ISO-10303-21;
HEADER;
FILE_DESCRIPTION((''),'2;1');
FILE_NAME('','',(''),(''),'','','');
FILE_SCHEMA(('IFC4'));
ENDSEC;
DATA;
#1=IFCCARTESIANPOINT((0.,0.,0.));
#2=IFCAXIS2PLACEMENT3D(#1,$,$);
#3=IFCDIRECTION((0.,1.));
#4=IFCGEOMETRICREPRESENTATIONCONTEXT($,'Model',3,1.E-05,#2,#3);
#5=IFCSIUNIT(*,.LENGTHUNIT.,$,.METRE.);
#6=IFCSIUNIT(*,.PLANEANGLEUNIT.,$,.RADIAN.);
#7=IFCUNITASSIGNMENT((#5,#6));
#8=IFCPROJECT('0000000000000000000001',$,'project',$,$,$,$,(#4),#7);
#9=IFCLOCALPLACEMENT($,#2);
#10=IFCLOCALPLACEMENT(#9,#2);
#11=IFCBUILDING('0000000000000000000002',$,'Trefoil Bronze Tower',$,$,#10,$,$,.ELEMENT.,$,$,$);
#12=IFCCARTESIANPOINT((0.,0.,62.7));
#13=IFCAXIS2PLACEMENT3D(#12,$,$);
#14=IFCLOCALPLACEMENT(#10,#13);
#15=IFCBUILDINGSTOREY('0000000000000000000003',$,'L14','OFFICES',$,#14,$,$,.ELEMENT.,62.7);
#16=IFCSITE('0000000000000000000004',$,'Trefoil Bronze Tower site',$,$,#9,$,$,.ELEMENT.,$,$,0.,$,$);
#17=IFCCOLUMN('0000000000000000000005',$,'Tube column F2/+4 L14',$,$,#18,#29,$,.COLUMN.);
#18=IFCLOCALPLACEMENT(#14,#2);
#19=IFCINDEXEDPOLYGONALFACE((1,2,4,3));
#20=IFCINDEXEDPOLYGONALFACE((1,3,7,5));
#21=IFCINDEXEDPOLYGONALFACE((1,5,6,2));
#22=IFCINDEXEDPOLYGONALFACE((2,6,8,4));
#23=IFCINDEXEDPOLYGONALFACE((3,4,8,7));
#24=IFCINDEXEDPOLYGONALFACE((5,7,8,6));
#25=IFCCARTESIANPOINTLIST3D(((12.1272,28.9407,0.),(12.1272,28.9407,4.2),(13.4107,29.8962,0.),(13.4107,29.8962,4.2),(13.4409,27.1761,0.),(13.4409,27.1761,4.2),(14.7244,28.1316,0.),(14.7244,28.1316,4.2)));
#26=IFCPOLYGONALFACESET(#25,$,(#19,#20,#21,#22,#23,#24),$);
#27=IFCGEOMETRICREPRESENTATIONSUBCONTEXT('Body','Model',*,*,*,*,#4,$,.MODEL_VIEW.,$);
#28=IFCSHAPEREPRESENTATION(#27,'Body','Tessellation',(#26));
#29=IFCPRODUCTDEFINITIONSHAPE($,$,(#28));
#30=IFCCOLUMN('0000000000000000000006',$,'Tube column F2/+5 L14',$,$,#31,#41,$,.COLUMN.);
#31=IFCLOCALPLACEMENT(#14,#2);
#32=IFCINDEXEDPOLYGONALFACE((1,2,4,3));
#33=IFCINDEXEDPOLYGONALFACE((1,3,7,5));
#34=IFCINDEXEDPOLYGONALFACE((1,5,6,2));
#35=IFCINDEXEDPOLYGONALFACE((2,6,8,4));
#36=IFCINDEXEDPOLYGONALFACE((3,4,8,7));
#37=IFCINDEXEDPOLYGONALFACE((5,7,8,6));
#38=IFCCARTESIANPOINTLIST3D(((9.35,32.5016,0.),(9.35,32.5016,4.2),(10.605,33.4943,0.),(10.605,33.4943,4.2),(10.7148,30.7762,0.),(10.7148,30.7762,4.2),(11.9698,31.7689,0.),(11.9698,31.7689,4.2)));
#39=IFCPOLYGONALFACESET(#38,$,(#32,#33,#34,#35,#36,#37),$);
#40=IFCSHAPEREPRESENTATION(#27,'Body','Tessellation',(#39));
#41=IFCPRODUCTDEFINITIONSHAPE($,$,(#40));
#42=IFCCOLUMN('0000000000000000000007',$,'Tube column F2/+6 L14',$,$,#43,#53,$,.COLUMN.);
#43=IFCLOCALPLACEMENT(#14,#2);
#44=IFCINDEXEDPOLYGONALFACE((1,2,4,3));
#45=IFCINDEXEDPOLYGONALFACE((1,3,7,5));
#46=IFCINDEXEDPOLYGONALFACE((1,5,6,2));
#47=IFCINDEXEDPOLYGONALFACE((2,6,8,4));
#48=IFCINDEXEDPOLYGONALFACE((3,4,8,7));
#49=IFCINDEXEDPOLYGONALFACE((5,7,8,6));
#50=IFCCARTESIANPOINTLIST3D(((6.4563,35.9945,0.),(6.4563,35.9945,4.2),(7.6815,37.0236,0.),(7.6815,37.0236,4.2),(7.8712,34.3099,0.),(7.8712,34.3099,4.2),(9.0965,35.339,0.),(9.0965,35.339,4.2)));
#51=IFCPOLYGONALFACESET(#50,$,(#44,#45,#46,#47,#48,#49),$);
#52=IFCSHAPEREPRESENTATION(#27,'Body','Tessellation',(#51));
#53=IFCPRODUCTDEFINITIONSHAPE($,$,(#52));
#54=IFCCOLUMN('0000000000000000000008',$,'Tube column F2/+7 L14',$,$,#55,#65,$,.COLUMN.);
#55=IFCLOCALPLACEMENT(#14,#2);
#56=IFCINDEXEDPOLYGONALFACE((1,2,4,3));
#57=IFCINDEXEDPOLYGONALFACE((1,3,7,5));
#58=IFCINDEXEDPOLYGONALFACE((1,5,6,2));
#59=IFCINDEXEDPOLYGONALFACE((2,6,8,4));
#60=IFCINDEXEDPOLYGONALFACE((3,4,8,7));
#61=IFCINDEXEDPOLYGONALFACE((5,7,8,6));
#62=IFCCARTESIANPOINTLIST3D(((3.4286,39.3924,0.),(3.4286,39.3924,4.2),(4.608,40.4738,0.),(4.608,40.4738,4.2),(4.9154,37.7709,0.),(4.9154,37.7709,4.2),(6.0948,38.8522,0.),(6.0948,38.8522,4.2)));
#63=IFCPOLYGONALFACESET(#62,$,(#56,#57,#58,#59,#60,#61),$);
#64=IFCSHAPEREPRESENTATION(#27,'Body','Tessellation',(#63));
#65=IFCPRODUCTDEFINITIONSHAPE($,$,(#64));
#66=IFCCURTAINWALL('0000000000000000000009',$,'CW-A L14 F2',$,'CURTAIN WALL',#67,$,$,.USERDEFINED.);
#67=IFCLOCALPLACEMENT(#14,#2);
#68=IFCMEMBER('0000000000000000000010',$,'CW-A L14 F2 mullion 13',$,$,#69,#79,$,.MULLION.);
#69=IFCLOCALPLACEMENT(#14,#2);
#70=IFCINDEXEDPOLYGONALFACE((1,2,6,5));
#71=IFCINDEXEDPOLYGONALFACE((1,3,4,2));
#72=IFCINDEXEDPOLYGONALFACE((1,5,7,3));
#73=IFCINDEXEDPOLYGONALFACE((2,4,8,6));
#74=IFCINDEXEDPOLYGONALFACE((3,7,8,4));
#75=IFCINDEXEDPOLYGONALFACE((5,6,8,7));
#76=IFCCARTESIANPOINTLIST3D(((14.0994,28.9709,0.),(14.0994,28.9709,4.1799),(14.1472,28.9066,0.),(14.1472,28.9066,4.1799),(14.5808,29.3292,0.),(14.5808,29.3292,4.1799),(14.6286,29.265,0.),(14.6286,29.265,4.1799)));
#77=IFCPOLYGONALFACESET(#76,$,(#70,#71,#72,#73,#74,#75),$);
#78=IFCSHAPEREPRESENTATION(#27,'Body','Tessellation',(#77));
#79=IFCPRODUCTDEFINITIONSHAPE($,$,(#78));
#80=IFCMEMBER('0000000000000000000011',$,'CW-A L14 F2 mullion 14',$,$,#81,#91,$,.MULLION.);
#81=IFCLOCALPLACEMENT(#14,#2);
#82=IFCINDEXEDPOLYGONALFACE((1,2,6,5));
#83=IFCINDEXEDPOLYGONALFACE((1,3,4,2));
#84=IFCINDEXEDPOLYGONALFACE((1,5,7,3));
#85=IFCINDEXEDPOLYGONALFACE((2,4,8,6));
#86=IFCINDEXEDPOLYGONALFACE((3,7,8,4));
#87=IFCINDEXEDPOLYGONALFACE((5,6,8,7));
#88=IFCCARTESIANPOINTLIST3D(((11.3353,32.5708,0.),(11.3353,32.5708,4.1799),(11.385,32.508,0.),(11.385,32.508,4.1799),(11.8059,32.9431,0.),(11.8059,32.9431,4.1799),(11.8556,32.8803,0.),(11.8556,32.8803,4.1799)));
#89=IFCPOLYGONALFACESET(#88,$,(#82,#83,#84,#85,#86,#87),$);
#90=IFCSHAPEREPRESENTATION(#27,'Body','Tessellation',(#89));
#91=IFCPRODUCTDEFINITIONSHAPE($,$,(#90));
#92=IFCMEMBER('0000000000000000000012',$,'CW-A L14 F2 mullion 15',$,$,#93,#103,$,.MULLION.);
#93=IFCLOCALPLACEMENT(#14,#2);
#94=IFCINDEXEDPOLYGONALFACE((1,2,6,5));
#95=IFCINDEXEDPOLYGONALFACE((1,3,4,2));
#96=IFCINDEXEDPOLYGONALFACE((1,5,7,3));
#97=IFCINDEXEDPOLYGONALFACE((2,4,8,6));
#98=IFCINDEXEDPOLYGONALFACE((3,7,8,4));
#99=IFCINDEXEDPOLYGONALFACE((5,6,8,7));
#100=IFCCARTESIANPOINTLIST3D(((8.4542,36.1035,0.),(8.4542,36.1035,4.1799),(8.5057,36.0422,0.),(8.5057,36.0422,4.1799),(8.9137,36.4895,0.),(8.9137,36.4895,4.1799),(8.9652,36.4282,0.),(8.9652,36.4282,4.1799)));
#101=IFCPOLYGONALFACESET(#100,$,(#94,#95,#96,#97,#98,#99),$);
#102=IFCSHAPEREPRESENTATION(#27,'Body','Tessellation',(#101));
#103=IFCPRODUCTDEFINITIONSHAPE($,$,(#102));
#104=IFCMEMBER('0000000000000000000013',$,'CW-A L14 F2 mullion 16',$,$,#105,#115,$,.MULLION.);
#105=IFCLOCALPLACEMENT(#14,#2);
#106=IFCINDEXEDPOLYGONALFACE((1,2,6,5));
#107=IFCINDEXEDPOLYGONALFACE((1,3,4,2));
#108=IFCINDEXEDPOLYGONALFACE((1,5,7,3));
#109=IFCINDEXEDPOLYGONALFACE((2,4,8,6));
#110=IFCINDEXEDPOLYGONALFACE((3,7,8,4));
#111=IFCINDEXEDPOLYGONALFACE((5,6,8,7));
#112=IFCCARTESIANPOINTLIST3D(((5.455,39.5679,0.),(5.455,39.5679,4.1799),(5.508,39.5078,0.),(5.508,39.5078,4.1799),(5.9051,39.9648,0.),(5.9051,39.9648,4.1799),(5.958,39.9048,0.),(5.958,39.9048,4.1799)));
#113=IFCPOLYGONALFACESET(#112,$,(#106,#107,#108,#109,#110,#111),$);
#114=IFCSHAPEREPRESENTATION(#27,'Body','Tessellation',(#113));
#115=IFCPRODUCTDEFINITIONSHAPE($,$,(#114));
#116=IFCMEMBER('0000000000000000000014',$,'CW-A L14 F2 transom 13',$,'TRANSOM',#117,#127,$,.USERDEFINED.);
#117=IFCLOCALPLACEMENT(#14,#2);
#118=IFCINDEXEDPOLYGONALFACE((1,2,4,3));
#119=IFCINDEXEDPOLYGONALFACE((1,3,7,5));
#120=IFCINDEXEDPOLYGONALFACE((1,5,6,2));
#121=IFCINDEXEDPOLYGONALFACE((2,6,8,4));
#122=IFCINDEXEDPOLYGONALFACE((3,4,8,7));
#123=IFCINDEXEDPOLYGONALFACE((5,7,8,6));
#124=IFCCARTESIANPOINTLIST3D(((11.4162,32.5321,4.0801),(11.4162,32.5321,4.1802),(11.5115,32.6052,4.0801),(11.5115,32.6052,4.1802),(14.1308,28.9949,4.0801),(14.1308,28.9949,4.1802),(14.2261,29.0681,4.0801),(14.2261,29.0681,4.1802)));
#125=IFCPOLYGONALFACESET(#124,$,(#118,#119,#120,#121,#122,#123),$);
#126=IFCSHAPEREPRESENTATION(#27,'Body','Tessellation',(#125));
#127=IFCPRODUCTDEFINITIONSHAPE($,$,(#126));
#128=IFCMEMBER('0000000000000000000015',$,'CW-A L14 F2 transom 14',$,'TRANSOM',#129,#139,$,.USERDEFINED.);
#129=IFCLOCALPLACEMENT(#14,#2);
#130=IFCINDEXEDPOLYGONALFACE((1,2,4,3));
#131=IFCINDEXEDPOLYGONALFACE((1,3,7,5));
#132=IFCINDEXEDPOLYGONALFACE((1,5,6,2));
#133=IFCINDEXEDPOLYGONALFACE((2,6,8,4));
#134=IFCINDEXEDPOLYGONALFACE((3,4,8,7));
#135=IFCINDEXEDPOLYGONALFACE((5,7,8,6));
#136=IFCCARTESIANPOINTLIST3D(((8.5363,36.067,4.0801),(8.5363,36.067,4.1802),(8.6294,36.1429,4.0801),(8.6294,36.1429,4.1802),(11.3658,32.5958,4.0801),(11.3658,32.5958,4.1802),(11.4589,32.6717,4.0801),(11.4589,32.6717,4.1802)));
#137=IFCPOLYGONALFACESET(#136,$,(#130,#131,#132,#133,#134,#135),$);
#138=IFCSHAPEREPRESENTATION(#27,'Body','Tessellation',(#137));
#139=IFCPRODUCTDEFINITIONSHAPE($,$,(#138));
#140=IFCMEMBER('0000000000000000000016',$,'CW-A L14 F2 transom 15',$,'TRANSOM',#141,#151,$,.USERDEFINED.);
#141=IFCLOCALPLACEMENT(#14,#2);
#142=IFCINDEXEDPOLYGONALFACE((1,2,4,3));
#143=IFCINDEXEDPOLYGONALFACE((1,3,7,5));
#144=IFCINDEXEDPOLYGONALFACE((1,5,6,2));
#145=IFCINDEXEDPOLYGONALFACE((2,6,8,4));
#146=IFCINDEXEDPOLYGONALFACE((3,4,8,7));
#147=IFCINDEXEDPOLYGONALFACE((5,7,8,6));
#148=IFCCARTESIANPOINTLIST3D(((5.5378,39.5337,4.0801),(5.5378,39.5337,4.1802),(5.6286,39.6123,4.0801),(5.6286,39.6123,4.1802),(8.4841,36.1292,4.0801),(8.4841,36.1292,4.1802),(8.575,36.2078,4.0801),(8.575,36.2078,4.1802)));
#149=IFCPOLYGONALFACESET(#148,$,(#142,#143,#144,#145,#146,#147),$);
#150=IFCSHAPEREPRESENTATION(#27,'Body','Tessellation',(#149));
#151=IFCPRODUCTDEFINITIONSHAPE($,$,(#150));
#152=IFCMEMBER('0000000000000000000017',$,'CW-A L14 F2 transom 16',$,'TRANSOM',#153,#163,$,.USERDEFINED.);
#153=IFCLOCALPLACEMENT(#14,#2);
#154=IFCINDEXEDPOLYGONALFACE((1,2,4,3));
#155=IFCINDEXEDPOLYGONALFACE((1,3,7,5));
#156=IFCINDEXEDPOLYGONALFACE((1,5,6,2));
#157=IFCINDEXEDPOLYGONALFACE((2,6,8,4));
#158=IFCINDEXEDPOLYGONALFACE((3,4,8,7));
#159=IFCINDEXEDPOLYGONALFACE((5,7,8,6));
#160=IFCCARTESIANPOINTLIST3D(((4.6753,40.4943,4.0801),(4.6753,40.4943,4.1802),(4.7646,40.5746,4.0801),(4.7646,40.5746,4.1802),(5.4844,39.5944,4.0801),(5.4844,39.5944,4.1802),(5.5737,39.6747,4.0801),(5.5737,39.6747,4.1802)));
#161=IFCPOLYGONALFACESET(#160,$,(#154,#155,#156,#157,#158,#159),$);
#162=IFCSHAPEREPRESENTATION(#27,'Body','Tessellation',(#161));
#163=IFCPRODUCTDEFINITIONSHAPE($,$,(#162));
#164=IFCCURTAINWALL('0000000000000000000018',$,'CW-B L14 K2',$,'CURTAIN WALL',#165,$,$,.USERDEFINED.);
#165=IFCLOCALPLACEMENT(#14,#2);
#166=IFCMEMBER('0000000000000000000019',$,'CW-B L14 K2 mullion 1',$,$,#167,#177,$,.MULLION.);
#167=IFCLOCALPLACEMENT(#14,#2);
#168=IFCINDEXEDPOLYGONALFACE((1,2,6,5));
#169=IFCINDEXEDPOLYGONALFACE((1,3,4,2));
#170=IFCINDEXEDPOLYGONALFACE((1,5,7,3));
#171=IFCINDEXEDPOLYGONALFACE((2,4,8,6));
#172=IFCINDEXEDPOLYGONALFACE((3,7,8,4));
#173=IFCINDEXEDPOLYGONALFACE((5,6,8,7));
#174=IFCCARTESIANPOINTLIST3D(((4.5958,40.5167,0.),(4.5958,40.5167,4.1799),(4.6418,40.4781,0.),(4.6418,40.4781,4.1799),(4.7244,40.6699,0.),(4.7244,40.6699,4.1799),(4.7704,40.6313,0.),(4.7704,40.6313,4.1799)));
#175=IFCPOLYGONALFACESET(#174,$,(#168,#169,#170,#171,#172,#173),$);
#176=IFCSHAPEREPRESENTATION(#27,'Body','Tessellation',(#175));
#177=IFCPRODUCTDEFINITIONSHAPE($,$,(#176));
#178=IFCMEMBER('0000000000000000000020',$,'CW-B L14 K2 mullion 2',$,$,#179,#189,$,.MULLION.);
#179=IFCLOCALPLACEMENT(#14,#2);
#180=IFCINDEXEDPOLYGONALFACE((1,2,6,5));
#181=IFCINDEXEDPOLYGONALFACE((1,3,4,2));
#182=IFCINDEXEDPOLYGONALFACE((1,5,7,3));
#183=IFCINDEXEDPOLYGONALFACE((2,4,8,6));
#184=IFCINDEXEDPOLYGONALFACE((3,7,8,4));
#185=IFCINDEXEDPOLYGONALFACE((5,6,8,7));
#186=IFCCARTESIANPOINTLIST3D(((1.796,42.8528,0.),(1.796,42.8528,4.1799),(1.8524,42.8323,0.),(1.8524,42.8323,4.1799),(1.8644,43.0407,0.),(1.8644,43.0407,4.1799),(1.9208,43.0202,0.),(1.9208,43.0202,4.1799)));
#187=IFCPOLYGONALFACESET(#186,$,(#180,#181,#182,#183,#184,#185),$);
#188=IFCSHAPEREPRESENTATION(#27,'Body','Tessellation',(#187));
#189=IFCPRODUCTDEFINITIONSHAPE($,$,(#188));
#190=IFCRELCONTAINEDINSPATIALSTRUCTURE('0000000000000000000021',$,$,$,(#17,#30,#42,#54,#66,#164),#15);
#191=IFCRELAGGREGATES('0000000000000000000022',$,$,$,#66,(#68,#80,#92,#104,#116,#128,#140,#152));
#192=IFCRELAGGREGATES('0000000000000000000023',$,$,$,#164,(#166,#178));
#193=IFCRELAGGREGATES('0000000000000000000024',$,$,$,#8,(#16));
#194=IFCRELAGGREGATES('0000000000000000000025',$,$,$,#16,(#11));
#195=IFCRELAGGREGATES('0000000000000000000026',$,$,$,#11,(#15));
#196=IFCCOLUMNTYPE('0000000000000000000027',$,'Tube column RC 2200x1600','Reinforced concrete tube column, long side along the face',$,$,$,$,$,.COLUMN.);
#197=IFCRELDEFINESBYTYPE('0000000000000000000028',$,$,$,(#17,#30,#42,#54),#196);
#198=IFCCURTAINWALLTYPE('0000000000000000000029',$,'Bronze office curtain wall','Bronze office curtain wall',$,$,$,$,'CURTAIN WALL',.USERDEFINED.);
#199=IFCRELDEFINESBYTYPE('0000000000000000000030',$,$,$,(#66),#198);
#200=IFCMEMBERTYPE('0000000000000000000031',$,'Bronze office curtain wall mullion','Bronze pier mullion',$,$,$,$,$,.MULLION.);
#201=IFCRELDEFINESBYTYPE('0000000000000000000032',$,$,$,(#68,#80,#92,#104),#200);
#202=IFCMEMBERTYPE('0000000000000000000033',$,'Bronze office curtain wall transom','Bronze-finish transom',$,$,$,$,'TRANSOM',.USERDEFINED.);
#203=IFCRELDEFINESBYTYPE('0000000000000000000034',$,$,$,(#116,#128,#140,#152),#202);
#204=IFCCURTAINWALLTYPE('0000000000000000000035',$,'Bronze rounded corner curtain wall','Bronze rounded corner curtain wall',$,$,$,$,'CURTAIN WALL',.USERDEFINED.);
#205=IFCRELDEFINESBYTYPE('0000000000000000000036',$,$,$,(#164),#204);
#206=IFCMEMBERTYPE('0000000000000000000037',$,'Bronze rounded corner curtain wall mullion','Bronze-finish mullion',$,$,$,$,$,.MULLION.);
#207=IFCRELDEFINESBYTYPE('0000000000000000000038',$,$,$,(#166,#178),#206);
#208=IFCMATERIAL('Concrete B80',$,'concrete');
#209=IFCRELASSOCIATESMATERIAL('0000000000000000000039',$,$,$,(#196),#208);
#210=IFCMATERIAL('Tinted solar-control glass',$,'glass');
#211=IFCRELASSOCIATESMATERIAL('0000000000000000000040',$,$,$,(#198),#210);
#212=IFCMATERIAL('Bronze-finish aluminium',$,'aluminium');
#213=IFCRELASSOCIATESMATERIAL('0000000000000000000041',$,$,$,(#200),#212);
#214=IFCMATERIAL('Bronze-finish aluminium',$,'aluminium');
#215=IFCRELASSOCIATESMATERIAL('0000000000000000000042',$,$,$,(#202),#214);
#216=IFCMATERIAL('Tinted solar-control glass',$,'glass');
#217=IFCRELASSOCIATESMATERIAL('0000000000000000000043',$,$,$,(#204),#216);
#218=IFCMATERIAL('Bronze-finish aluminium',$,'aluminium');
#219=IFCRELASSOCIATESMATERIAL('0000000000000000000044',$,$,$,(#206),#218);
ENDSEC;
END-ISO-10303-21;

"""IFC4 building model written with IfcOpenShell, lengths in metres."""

from ifc_helpers import new_model, si_unit, direction, frame, origin, origin_2d, place, context, subcontext, project, spatial, rectangle, extrude, material, material_profile, profile_set, type_object, element, aggregate, save


model = new_model("IFC4")

# Units and contexts
model_context = context("Model", 3, precision=1e-05, world=origin(), true_north=direction((0.0, 1.0)))
body_context = subcontext(model_context, "Body", "Model", "MODEL_VIEW")
ifc_project = project(units=[si_unit("LENGTHUNIT", "METRE"), si_unit("PLANEANGLEUNIT", "RADIAN")], contexts=[model_context])

# Site, building, storey
site_placement = place(None, origin())
site = spatial("IfcSite", under=ifc_project, at=site_placement, Name="Trefoil Bronze Tower site", CompositionType="ELEMENT", RefElevation=0.0)
building_placement = place(site_placement, origin())
building = spatial("IfcBuilding", under=site, at=building_placement, Name="Trefoil Bronze Tower", CompositionType="ELEMENT")
storey_placement = place(building_placement, frame((0.0, 0.0, 62.7)))
storey = spatial("IfcBuildingStorey", under=building, at=storey_placement, Name="L14", Description="OFFICES", CompositionType="ELEMENT", Elevation=62.7)

# Columns
ifc_material_1 = material(Name="Concrete B80", Category="concrete")
ifc_material_profile_1 = material_profile(ifc_material_1, rectangle(XDim=2.2, YDim=1.6001, at=origin_2d()), Name="RC 2200x1600")
ifc_profile_set_1 = profile_set([ifc_material_profile_1], Name="Concrete B80")
column_type = type_object("IfcColumnType", Name="Tube column RC 2200x1600", Description="Reinforced concrete tube column, long side along the face", PredefinedType="COLUMN", material=ifc_profile_set_1)
for number, where, z_axis, x_axis, name in (
    (1, (13.4258, 28.5361, 0.0), (0.0, 0.0, 1.0), (-0.597154, 0.802127, 0.0), "Tube column F2/+4 L14"),
    (2, (10.6599, 32.1353, 0.0), (0.0, 0.0, 1.0), (-0.620376, 0.784305, 0.0), "Tube column F2/+5 L14"),
    (3, (7.7764, 35.6667, 0.0), (0.0, 0.0, 1.0), (-0.643163, 0.765729, 0.0), "Tube column F2/+6 L14"),
    (4, (4.7617, 39.1223, 0.0), (0.0, 0.0, 1.0), (-0.675816, 0.73707, 0.0), "Tube column F2/+7 L14"),
):
    element("IfcColumn", number, at=place(storey_placement, frame(where, z_axis=z_axis, x_axis=x_axis)), inside=storey, type_object=column_type, Name=name, PredefinedType="COLUMN", context=body_context, shape_type="SweptSolid", body=[
        extrude(rectangle(XDim=2.2, YDim=1.6001, at=origin_2d()), origin(), (0.0, 0.0, 1.0), 4.2),
    ])

# Curtain walls, members
ifc_material_2 = material(Name="Tinted solar-control glass", Category="glass")
curtain_wall_type_1 = type_object("IfcCurtainWallType", Name="Bronze office curtain wall", Description="Bronze office curtain wall", ElementType="CURTAIN WALL", PredefinedType="USERDEFINED", material=ifc_material_2)
curtain_wall_1_placement = place(storey_placement, origin())
curtain_wall_1 = element("IfcCurtainWall", 5, at=curtain_wall_1_placement, inside=storey, type_object=curtain_wall_type_1, Name="CW-A L14 F2", ObjectType="CURTAIN WALL", PredefinedType="USERDEFINED")
ifc_material_3 = material(Name="Bronze-finish aluminium", Category="aluminium")
ifc_material_profile_2 = material_profile(ifc_material_3, rectangle(XDim=0.6001, YDim=0.0801, at=origin_2d()), Name="CW-A mullion")
ifc_profile_set_2 = profile_set([ifc_material_profile_2], Name="Bronze-finish aluminium")
member_type_1 = type_object("IfcMemberType", Name="Bronze office curtain wall mullion", Description="Bronze pier mullion", PredefinedType="MULLION", material=ifc_profile_set_2)
member_1_placement = place(storey_placement, frame((14.364, 29.1179, 0.0), z_axis=(0.0, 0.0, 1.0), x_axis=(-0.802127, -0.597154, 0.0)))
member_1 = element("IfcMember", 6, at=member_1_placement, type_object=member_type_1, Name="CW-A L14 F2 mullion 13", PredefinedType="MULLION", context=body_context, shape_type="SweptSolid", body=[
    extrude(rectangle(XDim=0.6001, YDim=0.0801, at=origin_2d()), origin(), (0.0, 0.0, 1.0), 4.1799),
])
member_2_placement = place(storey_placement, frame((11.5955, 32.7256, 0.0), z_axis=(0.0, 0.0, 1.0), x_axis=(-0.784305, -0.620376, 0.0)))
member_2 = element("IfcMember", 7, at=member_2_placement, type_object=member_type_1, Name="CW-A L14 F2 mullion 14", PredefinedType="MULLION", context=body_context, shape_type="SweptSolid", body=[
    extrude(rectangle(XDim=0.6001, YDim=0.0801, at=origin_2d()), origin(), (0.0, 0.0, 1.0), 4.1799),
])
member_3_placement = place(storey_placement, frame((8.7097, 36.2659, 0.0), z_axis=(0.0, 0.0, 1.0), x_axis=(-0.765729, -0.643163, 0.0)))
member_3 = element("IfcMember", 8, at=member_3_placement, type_object=member_type_1, Name="CW-A L14 F2 mullion 15", PredefinedType="MULLION", context=body_context, shape_type="SweptSolid", body=[
    extrude(rectangle(XDim=0.6001, YDim=0.0801, at=origin_2d()), origin(), (0.0, 0.0, 1.0), 4.1799),
])
member_4_placement = place(storey_placement, frame((5.7065, 39.7363, 0.0), z_axis=(0.0, 0.0, 1.0), x_axis=(-0.749941, -0.661505, 0.0)))
member_4 = element("IfcMember", 9, at=member_4_placement, type_object=member_type_1, Name="CW-A L14 F2 mullion 16", PredefinedType="MULLION", context=body_context, shape_type="SweptSolid", body=[
    extrude(rectangle(XDim=0.6001, YDim=0.0801, at=origin_2d()), origin(), (0.0, 0.0, 1.0), 4.1799),
])
ifc_material_4 = material(Name="Bronze-finish aluminium", Category="aluminium")
ifc_material_profile_3 = material_profile(ifc_material_4, rectangle(XDim=0.1201, YDim=0.1001, at=origin_2d()), Name="CW-A transom")
ifc_profile_set_3 = profile_set([ifc_material_profile_3], Name="Bronze-finish aluminium")
member_type_2 = type_object("IfcMemberType", Name="Bronze office curtain wall transom", Description="Bronze-finish transom", ElementType="TRANSOM", PredefinedType="USERDEFINED", material=ifc_profile_set_3)
member_5_placement = place(storey_placement, frame((14.1785, 29.0315, 4.1301), z_axis=(-0.608829, 0.793301, 0.0), x_axis=(-0.793301, -0.608829, 0.0)))
member_5 = element("IfcMember", 10, at=member_5_placement, type_object=member_type_2, Name="CW-A L14 F2 transom 13", ObjectType="TRANSOM", PredefinedType="USERDEFINED", context=body_context, shape_type="SweptSolid", body=[
    extrude(rectangle(XDim=0.1201, YDim=0.1001, at=origin_2d()), origin(), (0.0, 0.0, 1.0), 4.4587),
])
member_6_placement = place(storey_placement, frame((11.4124, 32.6338, 4.1301), z_axis=(-0.631836, 0.775102, 0.0), x_axis=(-0.775102, -0.631836, 0.0)))
member_6 = element("IfcMember", 11, at=member_6_placement, type_object=member_type_2, Name="CW-A L14 F2 transom 14", ObjectType="TRANSOM", PredefinedType="USERDEFINED", context=body_context, shape_type="SweptSolid", body=[
    extrude(rectangle(XDim=0.1201, YDim=0.1001, at=origin_2d()), origin(), (0.0, 0.0, 1.0), 4.4783),
])
member_7_placement = place(storey_placement, frame((8.5295, 36.1685, 4.1301), z_axis=(-0.654383, 0.756163, 0.0), x_axis=(-0.756163, -0.654383, 0.0)))
member_7 = element("IfcMember", 12, at=member_7_placement, type_object=member_type_2, Name="CW-A L14 F2 transom 15", ObjectType="TRANSOM", PredefinedType="USERDEFINED", context=body_context, shape_type="SweptSolid", body=[
    extrude(rectangle(XDim=0.1201, YDim=0.1001, at=origin_2d()), origin(), (0.0, 0.0, 1.0), 4.5024),
])
member_8_placement = place(storey_placement, frame((5.5291, 39.6345, 4.1301), z_axis=(-0.668586, 0.743635, 0.0), x_axis=(-0.743635, -0.668586, 0.0)))
member_8 = element("IfcMember", 13, at=member_8_placement, type_object=member_type_2, Name="CW-A L14 F2 transom 16", ObjectType="TRANSOM", PredefinedType="USERDEFINED", context=body_context, shape_type="SweptSolid", body=[
    extrude(rectangle(XDim=0.1201, YDim=0.1001, at=origin_2d()), origin(), (0.0, 0.0, 1.0), 1.2102),
])
ifc_material_5 = material(Name="Tinted solar-control glass", Category="glass")
curtain_wall_type_2 = type_object("IfcCurtainWallType", Name="Bronze rounded corner curtain wall", Description="Bronze rounded corner curtain wall", ElementType="CURTAIN WALL", PredefinedType="USERDEFINED", material=ifc_material_5)
curtain_wall_2_placement = place(storey_placement, origin())
curtain_wall_2 = element("IfcCurtainWall", 14, at=curtain_wall_2_placement, inside=storey, type_object=curtain_wall_type_2, Name="CW-B L14 K2", ObjectType="CURTAIN WALL", PredefinedType="USERDEFINED")
ifc_material_6 = material(Name="Bronze-finish aluminium", Category="aluminium")
ifc_material_profile_4 = material_profile(ifc_material_6, rectangle(XDim=0.2, YDim=0.0601, at=origin_2d()), Name="CW-B mullion")
ifc_profile_set_4 = profile_set([ifc_material_profile_4], Name="Bronze-finish aluminium")
member_type_3 = type_object("IfcMemberType", Name="Bronze rounded corner curtain wall mullion", Description="Bronze-finish mullion", PredefinedType="MULLION", material=ifc_profile_set_4)
member_9_placement = place(storey_placement, frame((4.6831, 40.574, 0.0), z_axis=(0.0, 0.0, 1.0), x_axis=(-0.642788, -0.766044, 0.0)))
member_9 = element("IfcMember", 15, at=member_9_placement, type_object=member_type_3, Name="CW-B L14 K2 mullion 1", PredefinedType="MULLION", context=body_context, shape_type="SweptSolid", body=[
    extrude(rectangle(XDim=0.2, YDim=0.0601, at=origin_2d()), origin(), (0.0, 0.0, 1.0), 4.1799),
])
member_10_placement = place(storey_placement, frame((1.8584, 42.9365, 0.0), z_axis=(0.0, 0.0, 1.0), x_axis=(-0.34202, -0.939693, 0.0)))
member_10 = element("IfcMember", 16, at=member_10_placement, type_object=member_type_3, Name="CW-B L14 K2 mullion 2", PredefinedType="MULLION", context=body_context, shape_type="SweptSolid", body=[
    extrude(rectangle(XDim=0.2, YDim=0.0601, at=origin_2d()), origin(), (0.0, 0.0, 1.0), 4.1799),
])

aggregate(curtain_wall_1, [member_1, member_2, member_3, member_4, member_5, member_6, member_7, member_8])
aggregate(curtain_wall_2, [member_9, member_10])

save(model, "model.ifc")
